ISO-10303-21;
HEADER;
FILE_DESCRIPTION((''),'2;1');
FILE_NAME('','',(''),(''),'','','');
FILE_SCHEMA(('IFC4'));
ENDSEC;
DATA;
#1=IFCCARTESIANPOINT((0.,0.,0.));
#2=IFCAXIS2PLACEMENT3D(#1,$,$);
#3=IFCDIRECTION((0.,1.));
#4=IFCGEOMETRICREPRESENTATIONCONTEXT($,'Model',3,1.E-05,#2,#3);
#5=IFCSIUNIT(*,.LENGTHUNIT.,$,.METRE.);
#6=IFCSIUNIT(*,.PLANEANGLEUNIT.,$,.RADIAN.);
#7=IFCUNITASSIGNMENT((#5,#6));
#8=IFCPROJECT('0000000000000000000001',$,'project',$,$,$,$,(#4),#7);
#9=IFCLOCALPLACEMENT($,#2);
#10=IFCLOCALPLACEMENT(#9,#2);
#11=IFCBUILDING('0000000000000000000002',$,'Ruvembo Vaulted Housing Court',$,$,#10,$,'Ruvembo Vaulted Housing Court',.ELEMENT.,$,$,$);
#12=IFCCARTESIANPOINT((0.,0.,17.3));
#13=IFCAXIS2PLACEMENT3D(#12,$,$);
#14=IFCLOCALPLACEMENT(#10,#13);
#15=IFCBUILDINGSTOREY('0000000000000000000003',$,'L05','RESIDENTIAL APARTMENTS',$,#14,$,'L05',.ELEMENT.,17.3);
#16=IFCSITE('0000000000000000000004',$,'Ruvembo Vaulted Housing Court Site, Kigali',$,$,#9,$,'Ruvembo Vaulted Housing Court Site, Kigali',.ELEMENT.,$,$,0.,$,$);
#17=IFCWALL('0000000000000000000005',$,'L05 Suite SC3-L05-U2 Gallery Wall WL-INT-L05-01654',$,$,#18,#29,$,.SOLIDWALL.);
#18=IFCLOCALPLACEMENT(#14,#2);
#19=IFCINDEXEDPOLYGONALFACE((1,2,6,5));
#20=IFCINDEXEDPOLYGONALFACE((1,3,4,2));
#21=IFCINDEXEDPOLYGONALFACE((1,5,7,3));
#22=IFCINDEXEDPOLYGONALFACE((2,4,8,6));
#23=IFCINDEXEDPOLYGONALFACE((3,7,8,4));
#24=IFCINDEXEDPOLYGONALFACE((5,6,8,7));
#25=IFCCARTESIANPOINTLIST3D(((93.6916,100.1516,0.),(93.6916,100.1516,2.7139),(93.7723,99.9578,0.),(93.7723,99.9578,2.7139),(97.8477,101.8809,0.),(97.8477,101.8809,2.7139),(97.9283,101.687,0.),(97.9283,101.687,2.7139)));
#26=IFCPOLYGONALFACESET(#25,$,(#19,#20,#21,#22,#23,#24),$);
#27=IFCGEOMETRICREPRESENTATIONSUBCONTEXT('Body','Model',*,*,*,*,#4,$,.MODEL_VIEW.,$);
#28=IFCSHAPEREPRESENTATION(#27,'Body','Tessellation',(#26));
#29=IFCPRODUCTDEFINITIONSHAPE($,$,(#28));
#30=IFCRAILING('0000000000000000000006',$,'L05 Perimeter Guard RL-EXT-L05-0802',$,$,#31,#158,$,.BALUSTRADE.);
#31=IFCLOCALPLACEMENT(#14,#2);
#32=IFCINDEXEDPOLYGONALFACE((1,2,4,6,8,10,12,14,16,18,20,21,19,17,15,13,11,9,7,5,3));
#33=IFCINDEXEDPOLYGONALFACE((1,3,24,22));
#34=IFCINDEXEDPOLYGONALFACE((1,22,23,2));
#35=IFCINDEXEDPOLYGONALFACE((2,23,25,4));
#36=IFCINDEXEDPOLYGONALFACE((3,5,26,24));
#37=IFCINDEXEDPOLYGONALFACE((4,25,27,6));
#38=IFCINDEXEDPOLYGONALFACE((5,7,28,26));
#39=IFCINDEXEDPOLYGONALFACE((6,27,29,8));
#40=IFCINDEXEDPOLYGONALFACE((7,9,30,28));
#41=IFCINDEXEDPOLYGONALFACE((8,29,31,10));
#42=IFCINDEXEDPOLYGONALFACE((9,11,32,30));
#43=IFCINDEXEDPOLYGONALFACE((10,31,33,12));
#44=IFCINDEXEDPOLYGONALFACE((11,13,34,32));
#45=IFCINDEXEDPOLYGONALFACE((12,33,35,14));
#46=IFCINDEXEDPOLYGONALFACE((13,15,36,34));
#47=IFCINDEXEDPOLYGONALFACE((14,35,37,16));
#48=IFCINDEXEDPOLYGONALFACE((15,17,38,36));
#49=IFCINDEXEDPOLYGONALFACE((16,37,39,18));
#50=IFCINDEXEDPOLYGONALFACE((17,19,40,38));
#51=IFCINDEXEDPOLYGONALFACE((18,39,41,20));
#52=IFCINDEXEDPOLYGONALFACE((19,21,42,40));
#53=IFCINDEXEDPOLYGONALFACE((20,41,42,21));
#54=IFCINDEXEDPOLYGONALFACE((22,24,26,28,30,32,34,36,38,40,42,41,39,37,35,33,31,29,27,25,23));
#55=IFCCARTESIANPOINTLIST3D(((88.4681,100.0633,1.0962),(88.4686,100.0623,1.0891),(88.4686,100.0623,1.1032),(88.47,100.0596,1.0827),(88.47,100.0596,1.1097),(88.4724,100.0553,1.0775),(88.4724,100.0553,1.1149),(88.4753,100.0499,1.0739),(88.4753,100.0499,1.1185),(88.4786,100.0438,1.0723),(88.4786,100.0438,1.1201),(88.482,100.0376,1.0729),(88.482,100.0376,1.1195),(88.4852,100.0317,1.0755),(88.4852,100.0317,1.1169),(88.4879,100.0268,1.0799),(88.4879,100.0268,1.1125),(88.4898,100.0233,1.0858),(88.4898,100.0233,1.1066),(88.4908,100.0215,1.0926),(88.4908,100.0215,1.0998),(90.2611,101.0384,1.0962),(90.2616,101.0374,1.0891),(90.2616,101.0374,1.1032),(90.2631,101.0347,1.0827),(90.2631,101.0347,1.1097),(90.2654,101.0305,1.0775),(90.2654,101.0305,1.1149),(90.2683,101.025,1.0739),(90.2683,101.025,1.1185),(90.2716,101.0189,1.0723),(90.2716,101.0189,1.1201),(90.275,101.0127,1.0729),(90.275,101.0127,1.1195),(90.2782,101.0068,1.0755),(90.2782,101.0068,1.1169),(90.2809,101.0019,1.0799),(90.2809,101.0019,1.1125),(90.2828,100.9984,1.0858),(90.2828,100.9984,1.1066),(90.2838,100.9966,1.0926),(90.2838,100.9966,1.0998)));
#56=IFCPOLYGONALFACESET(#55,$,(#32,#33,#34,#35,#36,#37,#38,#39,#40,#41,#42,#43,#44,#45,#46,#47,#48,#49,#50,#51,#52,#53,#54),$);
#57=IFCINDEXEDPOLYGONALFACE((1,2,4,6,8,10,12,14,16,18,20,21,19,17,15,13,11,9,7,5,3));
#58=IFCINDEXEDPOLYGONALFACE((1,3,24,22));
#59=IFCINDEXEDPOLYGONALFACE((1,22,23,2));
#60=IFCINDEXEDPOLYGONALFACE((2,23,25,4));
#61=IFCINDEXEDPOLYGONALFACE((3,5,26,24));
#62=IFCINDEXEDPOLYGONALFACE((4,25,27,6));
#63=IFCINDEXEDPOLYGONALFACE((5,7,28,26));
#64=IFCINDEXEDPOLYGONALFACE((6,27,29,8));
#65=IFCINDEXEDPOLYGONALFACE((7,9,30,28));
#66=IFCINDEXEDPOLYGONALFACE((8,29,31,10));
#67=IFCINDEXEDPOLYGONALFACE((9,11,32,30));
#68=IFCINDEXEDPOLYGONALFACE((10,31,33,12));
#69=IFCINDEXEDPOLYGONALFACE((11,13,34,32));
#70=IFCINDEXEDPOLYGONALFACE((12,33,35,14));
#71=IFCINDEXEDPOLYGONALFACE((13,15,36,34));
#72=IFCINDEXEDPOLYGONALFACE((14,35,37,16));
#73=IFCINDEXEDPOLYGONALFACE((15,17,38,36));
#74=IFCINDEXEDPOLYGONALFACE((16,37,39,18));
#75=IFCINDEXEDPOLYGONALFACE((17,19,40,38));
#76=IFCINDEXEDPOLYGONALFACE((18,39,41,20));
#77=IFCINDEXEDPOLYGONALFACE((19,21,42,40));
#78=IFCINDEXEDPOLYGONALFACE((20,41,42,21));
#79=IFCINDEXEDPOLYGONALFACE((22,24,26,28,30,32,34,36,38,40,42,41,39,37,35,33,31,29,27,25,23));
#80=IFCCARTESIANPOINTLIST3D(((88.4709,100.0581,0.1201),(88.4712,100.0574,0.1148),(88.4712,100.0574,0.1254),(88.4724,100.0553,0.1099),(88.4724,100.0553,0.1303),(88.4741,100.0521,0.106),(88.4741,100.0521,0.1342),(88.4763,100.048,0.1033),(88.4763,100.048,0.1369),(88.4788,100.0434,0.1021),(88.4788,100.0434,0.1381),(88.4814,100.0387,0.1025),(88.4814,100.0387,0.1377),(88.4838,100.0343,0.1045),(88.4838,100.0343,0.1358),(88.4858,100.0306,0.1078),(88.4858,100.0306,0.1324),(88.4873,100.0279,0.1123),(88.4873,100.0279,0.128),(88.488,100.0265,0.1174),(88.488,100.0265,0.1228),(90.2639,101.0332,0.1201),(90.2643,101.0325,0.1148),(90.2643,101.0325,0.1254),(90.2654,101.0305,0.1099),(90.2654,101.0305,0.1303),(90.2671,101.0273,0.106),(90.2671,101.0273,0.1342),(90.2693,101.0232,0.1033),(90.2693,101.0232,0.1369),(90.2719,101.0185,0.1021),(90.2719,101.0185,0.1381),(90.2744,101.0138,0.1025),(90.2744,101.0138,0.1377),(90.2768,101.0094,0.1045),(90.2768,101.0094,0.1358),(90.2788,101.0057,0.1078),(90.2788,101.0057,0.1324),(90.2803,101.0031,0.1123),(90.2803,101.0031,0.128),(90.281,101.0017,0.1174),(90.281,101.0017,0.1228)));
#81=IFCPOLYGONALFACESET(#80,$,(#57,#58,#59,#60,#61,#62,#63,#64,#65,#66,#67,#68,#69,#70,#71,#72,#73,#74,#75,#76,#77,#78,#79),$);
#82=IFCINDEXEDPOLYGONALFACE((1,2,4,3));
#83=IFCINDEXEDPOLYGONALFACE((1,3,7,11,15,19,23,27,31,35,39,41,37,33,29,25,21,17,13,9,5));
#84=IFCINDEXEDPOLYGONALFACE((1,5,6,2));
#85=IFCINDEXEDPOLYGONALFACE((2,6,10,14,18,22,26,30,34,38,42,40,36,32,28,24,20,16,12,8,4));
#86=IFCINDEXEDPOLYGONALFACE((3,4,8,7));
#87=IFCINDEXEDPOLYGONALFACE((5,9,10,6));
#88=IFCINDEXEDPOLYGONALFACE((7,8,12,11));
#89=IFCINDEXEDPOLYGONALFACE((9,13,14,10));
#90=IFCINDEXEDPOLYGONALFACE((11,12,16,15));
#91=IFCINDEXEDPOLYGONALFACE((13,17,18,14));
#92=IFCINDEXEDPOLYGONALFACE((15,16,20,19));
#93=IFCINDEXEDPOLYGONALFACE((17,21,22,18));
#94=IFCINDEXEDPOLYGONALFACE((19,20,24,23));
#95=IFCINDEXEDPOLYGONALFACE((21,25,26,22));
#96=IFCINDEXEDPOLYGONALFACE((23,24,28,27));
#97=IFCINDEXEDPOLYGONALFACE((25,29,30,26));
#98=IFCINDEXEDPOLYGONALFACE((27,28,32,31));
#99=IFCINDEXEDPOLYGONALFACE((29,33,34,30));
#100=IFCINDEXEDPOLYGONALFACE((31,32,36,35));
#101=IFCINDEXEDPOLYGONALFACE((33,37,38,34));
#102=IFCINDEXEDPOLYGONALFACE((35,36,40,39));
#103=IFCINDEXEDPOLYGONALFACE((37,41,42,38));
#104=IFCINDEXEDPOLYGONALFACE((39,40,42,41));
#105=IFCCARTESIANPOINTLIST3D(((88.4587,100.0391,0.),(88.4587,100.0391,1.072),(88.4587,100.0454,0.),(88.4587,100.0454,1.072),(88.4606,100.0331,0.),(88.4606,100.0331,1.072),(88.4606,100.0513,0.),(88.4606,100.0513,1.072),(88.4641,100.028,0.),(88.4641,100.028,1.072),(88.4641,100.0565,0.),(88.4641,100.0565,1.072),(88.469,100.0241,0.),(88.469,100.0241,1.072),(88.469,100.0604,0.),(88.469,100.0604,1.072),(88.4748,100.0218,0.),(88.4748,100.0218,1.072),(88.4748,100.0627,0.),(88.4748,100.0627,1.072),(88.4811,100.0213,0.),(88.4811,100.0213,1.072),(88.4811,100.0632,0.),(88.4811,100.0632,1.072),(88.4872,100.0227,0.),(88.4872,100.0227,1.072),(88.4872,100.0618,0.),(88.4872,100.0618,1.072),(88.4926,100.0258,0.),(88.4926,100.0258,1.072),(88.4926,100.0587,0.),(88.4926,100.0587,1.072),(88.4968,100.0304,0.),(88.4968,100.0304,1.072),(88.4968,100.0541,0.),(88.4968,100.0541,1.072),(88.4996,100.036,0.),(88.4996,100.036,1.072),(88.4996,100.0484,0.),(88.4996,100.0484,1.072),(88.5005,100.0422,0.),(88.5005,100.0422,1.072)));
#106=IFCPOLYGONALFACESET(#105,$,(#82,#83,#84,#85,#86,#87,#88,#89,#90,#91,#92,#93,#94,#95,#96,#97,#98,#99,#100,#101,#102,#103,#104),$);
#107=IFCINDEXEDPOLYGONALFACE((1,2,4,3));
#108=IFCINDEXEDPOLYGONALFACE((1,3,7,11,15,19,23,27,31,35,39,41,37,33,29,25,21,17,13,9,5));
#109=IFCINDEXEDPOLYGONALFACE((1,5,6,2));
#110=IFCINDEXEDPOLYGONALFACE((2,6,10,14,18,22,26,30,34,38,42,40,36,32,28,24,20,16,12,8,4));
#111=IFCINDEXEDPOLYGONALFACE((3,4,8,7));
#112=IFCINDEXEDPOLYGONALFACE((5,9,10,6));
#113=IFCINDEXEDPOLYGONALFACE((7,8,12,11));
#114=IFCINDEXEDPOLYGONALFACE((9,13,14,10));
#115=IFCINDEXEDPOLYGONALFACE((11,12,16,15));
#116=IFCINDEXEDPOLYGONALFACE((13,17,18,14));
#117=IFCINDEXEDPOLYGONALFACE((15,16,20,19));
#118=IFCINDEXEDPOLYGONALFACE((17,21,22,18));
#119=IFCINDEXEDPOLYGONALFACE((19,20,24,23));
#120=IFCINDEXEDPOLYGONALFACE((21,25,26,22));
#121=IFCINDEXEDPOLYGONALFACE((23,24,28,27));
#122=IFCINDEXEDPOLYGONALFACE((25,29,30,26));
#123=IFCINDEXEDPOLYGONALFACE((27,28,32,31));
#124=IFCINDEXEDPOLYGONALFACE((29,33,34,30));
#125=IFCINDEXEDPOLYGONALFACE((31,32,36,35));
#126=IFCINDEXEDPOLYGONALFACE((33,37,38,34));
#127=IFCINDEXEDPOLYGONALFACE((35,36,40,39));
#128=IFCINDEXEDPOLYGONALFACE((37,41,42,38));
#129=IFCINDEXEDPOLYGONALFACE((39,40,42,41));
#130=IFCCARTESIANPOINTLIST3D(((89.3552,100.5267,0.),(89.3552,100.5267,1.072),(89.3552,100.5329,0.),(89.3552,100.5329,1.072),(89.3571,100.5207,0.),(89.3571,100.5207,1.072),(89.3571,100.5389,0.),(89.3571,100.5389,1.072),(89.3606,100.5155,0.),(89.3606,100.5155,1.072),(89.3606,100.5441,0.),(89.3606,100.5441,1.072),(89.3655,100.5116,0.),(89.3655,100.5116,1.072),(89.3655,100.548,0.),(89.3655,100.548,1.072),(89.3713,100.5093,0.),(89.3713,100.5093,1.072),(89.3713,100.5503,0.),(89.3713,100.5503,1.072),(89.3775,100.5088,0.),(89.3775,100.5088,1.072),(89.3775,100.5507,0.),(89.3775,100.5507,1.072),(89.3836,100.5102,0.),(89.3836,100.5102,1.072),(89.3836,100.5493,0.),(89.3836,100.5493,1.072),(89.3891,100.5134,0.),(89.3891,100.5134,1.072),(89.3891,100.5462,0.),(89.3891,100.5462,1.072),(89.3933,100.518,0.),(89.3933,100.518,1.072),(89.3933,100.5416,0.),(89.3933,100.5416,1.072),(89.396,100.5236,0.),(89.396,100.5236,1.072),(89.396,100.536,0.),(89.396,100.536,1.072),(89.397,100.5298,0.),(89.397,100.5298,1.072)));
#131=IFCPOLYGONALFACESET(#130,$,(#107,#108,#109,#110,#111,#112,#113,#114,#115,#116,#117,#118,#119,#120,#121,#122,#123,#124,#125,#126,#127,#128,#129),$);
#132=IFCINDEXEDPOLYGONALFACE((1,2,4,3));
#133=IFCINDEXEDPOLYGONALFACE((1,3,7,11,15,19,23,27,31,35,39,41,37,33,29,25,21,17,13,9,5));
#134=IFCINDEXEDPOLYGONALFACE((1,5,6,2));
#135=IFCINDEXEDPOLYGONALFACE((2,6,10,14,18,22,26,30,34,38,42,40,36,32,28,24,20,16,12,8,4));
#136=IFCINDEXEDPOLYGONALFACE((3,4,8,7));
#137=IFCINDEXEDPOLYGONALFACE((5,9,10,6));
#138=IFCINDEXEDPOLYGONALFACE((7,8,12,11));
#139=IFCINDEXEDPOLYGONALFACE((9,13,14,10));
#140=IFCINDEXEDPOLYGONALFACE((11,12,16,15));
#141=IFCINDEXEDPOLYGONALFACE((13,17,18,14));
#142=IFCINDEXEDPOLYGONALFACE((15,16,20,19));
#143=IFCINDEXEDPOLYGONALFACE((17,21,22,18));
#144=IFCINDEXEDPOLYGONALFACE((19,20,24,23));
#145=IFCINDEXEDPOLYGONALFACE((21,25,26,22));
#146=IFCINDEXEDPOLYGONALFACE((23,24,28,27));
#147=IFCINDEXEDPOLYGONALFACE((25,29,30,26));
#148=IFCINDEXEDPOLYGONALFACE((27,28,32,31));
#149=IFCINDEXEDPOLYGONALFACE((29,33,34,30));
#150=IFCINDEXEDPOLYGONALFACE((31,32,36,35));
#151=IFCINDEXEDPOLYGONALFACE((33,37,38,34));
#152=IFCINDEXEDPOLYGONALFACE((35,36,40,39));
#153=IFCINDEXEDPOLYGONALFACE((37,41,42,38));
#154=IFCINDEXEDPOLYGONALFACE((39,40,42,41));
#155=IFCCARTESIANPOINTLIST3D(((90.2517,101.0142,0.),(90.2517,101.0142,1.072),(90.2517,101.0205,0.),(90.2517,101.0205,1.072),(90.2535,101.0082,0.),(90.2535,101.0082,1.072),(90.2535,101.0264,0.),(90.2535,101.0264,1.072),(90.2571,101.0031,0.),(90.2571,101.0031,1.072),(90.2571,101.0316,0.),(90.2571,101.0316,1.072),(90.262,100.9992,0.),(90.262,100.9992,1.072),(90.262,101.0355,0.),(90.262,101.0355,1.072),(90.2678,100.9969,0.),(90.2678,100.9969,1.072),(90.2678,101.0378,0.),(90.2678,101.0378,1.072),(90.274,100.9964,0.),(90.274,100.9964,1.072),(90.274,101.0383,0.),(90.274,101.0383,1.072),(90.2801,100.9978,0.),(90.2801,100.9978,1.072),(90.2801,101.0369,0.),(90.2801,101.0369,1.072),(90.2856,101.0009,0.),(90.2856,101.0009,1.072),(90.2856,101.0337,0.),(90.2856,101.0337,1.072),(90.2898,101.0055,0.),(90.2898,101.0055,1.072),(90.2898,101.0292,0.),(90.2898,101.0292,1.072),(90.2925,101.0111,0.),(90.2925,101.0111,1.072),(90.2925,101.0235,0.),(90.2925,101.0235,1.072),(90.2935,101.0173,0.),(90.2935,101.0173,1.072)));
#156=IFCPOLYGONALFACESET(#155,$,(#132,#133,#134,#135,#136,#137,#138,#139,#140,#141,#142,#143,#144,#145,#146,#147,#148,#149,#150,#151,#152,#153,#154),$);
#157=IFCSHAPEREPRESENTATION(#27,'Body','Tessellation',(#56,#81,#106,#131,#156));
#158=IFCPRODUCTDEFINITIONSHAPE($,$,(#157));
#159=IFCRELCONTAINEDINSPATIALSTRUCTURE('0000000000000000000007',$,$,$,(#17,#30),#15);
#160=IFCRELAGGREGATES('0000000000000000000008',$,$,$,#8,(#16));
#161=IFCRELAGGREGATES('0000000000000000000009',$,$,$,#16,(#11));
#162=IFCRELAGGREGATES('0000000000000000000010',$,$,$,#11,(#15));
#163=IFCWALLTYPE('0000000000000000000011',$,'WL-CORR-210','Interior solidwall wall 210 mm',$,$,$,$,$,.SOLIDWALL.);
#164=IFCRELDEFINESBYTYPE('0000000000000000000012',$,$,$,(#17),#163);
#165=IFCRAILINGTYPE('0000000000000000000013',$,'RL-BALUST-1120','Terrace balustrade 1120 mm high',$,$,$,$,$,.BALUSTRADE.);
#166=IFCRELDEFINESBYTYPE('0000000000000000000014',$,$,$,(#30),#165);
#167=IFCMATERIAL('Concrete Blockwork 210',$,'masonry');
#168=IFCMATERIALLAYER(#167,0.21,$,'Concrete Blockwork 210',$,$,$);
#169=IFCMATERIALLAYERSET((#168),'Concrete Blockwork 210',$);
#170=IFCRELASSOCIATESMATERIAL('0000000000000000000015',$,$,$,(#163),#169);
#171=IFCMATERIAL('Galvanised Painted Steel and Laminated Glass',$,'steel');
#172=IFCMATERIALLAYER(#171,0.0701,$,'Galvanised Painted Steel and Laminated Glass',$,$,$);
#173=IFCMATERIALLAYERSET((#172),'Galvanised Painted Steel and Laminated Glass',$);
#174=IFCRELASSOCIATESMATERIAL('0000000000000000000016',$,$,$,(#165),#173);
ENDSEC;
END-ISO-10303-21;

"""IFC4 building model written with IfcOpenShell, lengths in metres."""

from ifc_helpers import new_model, si_unit, direction, frame, frame_2d, origin, origin_2d, place, context, subcontext, project, spatial, rectangle, circle, extrude, material, layer, layer_set, type_object, element, save


model = new_model("IFC4")

# Units and contexts
model_context = context("Model", 3, precision=1e-05, world=origin(), true_north=direction((0.0, 1.0)))
body_context = subcontext(model_context, "Body", "Model", "MODEL_VIEW")
ifc_project = project(units=[si_unit("LENGTHUNIT", "METRE"), si_unit("PLANEANGLEUNIT", "RADIAN")], contexts=[model_context])

# Site, building, storey
site_placement = place(None, origin())
site = spatial("IfcSite", under=ifc_project, at=site_placement, Name="Ruvembo Vaulted Housing Court Site, Kigali", LongName="Ruvembo Vaulted Housing Court Site, Kigali", CompositionType="ELEMENT", RefElevation=0.0)
building_placement = place(site_placement, origin())
building = spatial("IfcBuilding", under=site, at=building_placement, Name="Ruvembo Vaulted Housing Court", LongName="Ruvembo Vaulted Housing Court", CompositionType="ELEMENT")
storey_placement = place(building_placement, frame((0.0, 0.0, 17.3)))
storey = spatial("IfcBuildingStorey", under=building, at=storey_placement, Name="L05", Description="RESIDENTIAL APARTMENTS", LongName="L05", CompositionType="ELEMENT", Elevation=17.3)

# Shared definitions
ifc_material_1 = material(Name="Concrete Blockwork 210", Category="masonry")
ifc_layer_1 = layer(ifc_material_1, 0.21, Name="Concrete Blockwork 210")
ifc_layer_set_1 = layer_set([ifc_layer_1], Name="Concrete Blockwork 210")
wall_type = type_object("IfcWallType", Name="WL-CORR-210", Description="Interior solidwall wall 210 mm", PredefinedType="SOLIDWALL", material=ifc_layer_set_1)

# Wall
wall_1_placement = place(storey_placement, frame((93.7319, 100.0547, 0.0), z_axis=(0.0, 0.0, 1.0), x_axis=(0.923268, 0.384157, 0.0)))
element("IfcWall", 1, at=wall_1_placement, inside=storey, type_object=wall_type, Name="L05 Suite SC3-L05-U2 Gallery Wall WL-INT-L05-01654", PredefinedType="SOLIDWALL", context=body_context, shape_type="SweptSolid", body=[
    extrude(rectangle(XDim=4.5015, YDim=0.21, at=frame_2d((2.2507, 0.0))), origin(), (0.0, 0.0, 1.0), 2.7139),
])

# Railing
ifc_material_2 = material(Name="Galvanised Painted Steel and Laminated Glass", Category="steel")
ifc_layer_2 = layer(ifc_material_2, 0.0701, Name="Galvanised Painted Steel and Laminated Glass")
ifc_layer_set_2 = layer_set([ifc_layer_2], Name="Galvanised Painted Steel and Laminated Glass")
railing_type = type_object("IfcRailingType", Name="RL-BALUST-1120", Description="Terrace balustrade 1120 mm high", PredefinedType="BALUSTRADE", material=ifc_layer_set_2)
railing_1_placement = place(storey_placement, frame((88.4795, 100.0422, 0.0)))
element("IfcRailing", 2, at=railing_1_placement, inside=storey, type_object=railing_type, Name="L05 Perimeter Guard RL-EXT-L05-0802", PredefinedType="BALUSTRADE", context=body_context, shape_type="SweptSolid", body=[
    extrude(circle(Radius=0.0239, at=origin_2d()), frame((0.0, 0.0, 1.0962), z_axis=(0.878489, 0.477762, 0.0), x_axis=(-0.477762, 0.878489, 0.0)), (0.0, 0.0, 1.0), 2.041),
    extrude(circle(Radius=0.0181, at=origin_2d()), frame((0.0, 0.0, 0.1201), z_axis=(0.878489, 0.477762, 0.0), x_axis=(-0.477762, 0.878489, 0.0)), (0.0, 0.0, 1.0), 2.041),
    extrude(circle(Radius=0.021, at=origin_2d()), origin(), (0.0, 0.0, 1.0), 1.072),
    extrude(circle(Radius=0.021, at=origin_2d()), frame((0.8965, 0.4875, 0.0)), (0.0, 0.0, 1.0), 1.072),
    extrude(circle(Radius=0.021, at=origin_2d()), frame((1.793, 0.9751, 0.0)), (0.0, 0.0, 1.0), 1.072),
])

save(model, "model.ifc")
